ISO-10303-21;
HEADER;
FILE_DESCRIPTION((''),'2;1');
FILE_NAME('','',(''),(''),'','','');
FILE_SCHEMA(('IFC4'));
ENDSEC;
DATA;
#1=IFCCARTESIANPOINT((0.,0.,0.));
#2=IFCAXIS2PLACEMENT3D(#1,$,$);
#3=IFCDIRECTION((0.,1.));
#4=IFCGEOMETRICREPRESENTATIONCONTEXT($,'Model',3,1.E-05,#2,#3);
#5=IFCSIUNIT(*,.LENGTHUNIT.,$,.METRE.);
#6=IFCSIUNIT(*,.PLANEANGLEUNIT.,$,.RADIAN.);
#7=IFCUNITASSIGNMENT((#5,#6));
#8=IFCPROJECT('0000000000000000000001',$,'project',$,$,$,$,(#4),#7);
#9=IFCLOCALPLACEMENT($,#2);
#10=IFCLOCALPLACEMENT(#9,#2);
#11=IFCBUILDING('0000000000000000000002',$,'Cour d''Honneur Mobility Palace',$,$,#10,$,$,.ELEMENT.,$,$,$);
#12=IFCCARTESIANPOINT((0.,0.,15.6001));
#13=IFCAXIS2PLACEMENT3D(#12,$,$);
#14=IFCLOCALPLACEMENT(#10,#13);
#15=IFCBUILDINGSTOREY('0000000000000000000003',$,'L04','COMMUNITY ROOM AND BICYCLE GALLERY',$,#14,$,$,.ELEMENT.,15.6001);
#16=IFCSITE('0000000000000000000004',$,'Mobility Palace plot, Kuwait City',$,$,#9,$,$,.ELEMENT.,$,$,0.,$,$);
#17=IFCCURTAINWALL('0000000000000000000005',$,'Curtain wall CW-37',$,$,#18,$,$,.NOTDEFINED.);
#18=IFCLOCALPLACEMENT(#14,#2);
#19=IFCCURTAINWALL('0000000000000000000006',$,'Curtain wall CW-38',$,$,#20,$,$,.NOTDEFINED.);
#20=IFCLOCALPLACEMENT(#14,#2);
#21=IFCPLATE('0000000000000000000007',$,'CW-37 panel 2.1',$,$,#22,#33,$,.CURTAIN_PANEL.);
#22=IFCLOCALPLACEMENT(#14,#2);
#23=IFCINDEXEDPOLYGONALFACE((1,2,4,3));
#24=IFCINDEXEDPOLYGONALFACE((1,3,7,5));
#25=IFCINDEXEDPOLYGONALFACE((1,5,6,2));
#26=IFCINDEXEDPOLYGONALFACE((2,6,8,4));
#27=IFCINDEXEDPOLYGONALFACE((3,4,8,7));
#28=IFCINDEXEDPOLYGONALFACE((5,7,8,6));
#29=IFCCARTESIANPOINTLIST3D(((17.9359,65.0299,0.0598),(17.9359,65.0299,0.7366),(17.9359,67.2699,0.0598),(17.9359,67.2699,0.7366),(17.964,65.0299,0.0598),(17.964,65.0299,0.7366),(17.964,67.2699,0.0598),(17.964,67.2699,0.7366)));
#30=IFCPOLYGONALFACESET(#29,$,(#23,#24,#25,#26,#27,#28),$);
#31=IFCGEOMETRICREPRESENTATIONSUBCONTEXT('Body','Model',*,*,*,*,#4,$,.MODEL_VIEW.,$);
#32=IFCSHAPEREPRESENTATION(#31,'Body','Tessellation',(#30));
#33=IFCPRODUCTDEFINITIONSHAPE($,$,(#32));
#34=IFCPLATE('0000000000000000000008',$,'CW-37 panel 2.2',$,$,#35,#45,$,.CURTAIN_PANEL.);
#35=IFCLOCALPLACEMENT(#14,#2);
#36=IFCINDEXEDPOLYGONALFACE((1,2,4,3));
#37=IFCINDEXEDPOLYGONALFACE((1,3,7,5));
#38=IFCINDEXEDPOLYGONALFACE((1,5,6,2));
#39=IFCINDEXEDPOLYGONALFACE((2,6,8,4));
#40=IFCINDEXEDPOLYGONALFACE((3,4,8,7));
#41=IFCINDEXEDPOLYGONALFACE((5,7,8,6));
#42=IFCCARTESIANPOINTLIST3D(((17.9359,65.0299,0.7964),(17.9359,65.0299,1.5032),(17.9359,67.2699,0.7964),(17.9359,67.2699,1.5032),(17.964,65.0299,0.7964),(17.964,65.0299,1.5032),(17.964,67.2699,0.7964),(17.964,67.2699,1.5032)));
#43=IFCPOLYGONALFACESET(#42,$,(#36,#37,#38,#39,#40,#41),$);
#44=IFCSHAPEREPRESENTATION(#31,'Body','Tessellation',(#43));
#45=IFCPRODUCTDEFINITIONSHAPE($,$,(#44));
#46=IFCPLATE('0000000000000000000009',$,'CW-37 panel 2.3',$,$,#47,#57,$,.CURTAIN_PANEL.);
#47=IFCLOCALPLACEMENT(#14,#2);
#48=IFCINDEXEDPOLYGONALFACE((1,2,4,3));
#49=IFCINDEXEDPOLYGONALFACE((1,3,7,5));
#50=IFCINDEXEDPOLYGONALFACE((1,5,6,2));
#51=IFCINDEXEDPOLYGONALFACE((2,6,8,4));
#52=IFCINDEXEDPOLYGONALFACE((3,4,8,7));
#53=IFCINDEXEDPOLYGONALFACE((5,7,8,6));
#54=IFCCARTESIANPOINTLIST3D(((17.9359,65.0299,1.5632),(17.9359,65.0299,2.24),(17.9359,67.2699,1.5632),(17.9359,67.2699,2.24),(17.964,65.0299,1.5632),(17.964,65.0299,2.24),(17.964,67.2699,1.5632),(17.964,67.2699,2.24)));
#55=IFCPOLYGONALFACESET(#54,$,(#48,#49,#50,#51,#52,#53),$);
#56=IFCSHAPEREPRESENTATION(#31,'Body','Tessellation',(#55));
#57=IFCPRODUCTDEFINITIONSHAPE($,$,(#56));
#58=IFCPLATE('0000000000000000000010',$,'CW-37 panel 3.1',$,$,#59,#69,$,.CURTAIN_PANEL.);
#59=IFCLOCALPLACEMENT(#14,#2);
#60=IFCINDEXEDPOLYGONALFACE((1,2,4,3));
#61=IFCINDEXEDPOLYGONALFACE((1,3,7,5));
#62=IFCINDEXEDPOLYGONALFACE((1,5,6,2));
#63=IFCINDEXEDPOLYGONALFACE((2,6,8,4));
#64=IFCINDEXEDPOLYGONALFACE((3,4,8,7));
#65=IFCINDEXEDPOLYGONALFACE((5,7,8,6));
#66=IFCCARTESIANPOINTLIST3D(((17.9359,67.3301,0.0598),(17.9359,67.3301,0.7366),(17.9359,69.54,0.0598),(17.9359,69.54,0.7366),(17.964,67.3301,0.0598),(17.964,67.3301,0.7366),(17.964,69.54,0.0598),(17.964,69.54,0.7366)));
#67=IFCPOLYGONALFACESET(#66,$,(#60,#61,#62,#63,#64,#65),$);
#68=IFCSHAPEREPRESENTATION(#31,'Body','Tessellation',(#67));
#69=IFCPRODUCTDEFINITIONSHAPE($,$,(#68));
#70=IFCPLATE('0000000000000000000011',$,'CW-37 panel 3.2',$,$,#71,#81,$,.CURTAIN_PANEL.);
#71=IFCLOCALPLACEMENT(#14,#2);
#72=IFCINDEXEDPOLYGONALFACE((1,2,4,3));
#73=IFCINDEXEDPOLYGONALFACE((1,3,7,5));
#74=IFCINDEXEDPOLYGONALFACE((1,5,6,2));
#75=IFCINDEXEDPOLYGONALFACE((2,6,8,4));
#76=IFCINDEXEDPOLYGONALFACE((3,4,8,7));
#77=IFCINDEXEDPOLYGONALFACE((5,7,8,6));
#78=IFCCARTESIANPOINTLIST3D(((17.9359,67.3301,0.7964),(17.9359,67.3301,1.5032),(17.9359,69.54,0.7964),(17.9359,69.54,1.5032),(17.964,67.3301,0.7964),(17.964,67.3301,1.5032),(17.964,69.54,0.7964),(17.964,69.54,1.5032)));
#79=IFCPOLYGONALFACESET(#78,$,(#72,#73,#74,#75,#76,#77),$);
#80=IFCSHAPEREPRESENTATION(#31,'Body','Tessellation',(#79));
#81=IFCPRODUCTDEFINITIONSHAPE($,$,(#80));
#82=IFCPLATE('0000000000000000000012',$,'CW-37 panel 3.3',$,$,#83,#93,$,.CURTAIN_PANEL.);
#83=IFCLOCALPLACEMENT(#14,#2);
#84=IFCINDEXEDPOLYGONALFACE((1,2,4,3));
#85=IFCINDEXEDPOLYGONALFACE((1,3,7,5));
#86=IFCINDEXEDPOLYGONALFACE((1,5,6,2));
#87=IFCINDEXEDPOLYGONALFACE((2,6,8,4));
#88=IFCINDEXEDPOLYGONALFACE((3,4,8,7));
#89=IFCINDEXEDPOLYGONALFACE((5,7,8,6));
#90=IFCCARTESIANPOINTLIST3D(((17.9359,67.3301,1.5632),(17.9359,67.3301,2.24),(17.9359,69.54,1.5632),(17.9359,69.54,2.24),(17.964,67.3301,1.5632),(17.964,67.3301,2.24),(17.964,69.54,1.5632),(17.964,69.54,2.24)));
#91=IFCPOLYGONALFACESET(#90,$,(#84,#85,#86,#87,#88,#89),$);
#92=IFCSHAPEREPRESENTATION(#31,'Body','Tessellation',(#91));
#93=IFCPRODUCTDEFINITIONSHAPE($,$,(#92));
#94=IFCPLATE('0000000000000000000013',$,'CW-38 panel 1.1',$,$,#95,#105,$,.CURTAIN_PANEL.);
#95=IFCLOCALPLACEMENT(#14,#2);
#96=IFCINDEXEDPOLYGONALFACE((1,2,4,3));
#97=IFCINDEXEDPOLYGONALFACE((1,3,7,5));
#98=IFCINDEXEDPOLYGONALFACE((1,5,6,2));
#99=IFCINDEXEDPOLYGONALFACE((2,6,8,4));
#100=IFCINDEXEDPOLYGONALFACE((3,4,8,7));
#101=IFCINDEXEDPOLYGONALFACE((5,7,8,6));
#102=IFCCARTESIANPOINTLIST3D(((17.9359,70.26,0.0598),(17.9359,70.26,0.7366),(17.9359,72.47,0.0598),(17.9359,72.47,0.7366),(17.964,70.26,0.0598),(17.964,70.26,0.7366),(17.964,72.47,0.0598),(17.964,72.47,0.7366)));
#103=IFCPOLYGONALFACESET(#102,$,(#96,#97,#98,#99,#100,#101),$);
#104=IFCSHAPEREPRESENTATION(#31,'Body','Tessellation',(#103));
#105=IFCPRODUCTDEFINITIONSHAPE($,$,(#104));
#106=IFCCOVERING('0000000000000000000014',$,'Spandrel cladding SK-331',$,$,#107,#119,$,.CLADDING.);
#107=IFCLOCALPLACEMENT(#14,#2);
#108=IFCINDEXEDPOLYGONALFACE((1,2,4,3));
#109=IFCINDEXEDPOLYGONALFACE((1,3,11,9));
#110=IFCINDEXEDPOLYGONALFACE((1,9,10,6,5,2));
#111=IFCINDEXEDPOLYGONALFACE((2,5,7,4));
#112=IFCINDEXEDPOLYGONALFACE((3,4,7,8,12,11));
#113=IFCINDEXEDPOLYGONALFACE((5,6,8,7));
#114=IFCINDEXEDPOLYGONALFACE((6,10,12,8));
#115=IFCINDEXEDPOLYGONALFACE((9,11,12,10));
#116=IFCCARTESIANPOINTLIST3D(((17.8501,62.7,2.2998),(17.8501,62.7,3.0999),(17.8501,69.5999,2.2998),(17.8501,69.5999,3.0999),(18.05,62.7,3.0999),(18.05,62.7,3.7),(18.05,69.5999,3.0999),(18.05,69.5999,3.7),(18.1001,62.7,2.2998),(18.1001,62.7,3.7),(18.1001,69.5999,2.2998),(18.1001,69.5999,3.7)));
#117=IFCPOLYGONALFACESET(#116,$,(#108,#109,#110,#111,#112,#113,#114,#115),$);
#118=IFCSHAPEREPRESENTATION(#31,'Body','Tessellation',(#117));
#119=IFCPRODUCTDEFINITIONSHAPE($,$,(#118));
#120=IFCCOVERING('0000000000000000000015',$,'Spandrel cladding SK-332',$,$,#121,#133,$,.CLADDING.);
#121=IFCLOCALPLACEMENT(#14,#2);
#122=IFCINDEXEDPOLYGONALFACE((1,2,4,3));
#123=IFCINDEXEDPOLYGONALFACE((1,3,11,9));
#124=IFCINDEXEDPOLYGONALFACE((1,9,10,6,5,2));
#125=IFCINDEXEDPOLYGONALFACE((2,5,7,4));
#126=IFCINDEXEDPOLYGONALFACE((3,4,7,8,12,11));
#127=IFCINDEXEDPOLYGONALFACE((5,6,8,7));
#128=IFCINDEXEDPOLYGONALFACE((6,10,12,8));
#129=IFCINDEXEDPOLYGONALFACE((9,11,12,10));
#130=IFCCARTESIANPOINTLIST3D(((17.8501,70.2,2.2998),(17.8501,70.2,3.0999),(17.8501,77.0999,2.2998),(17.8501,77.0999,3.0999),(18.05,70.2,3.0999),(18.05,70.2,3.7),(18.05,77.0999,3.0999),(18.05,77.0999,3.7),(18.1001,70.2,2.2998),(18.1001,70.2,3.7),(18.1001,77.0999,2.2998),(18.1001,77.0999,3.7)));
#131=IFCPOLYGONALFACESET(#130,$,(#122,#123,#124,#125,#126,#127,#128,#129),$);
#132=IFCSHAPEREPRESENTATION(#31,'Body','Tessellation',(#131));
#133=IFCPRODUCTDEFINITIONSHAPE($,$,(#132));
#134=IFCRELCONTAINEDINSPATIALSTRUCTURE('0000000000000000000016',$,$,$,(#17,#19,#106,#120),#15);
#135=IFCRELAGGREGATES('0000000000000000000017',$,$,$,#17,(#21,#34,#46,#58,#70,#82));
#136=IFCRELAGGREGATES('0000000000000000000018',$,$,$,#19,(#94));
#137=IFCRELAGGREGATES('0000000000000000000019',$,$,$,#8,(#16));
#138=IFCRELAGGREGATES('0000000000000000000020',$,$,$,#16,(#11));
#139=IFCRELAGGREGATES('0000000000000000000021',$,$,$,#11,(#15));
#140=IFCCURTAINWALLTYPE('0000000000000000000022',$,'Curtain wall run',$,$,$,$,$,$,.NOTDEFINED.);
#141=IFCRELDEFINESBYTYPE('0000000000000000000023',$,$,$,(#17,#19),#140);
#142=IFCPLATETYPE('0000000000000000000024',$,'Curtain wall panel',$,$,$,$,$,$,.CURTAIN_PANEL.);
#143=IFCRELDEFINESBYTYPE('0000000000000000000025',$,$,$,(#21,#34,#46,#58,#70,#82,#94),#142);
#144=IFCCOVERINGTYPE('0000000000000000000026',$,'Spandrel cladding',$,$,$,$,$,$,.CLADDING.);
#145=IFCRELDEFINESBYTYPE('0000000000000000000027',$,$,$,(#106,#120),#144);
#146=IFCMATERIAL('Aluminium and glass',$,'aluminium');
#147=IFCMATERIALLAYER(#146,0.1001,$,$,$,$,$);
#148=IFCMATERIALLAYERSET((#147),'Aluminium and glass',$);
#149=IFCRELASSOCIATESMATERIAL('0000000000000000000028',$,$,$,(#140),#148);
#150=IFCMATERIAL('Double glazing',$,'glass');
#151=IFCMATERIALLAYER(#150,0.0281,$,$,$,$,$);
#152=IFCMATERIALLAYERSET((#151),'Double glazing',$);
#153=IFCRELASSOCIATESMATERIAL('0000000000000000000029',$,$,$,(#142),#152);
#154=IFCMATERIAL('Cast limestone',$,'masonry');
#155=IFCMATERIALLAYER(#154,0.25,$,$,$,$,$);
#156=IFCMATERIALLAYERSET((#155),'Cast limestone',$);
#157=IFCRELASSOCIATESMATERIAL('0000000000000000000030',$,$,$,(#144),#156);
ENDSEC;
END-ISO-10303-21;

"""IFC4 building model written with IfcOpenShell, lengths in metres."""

from ifc_helpers import new_model, si_unit, direction, frame, origin, origin_2d, place, context, subcontext, project, spatial, polyline, rectangle, outline, extrude, material, layer, layer_set, type_object, element, aggregate, save


model = new_model("IFC4")

# Units and contexts
model_context = context("Model", 3, precision=1e-05, world=origin(), true_north=direction((0.0, 1.0)))
body_context = subcontext(model_context, "Body", "Model", "MODEL_VIEW")
ifc_project = project(units=[si_unit("LENGTHUNIT", "METRE"), si_unit("PLANEANGLEUNIT", "RADIAN")], contexts=[model_context])

# Site, building, storey
site_placement = place(None, origin())
site = spatial("IfcSite", under=ifc_project, at=site_placement, Name="Mobility Palace plot, Kuwait City", CompositionType="ELEMENT", RefElevation=0.0)
building_placement = place(site_placement, origin())
building = spatial("IfcBuilding", under=site, at=building_placement, Name="Cour d'Honneur Mobility Palace", CompositionType="ELEMENT")
storey_placement = place(building_placement, frame((0.0, 0.0, 15.6001)))
storey = spatial("IfcBuildingStorey", under=building, at=storey_placement, Name="L04", Description="COMMUNITY ROOM AND BICYCLE GALLERY", CompositionType="ELEMENT", Elevation=15.6001)

# Curtain wall
ifc_material_1 = material(Name="Aluminium and glass", Category="aluminium")
ifc_layer_1 = layer(ifc_material_1, 0.1001)
ifc_layer_set_1 = layer_set([ifc_layer_1], Name="Aluminium and glass")
curtain_wall_type = type_object("IfcCurtainWallType", Name="Curtain wall run", PredefinedType="NOTDEFINED", material=ifc_layer_set_1)
curtain_wall_1_placement = place(storey_placement, origin())
curtain_wall_1 = element("IfcCurtainWall", 1, at=curtain_wall_1_placement, inside=storey, type_object=curtain_wall_type, Name="Curtain wall CW-37", PredefinedType="NOTDEFINED")

# Curtain wall
curtain_wall_2_placement = place(storey_placement, origin())
curtain_wall_2 = element("IfcCurtainWall", 2, at=curtain_wall_2_placement, inside=storey, type_object=curtain_wall_type, Name="Curtain wall CW-38", PredefinedType="NOTDEFINED")

# Plates
ifc_material_2 = material(Name="Double glazing", Category="glass")
ifc_layer_2 = layer(ifc_material_2, 0.0281)
ifc_layer_set_2 = layer_set([ifc_layer_2], Name="Double glazing")
plate_type = type_object("IfcPlateType", Name="Curtain wall panel", PredefinedType="CURTAIN_PANEL", material=ifc_layer_set_2)
plate_1_placement = place(storey_placement, frame((17.95, 66.1499, 0.0598), z_axis=(0.0, 0.0, 1.0), x_axis=(0.0, 1.0, 0.0)))
plate_1 = element("IfcPlate", 3, at=plate_1_placement, type_object=plate_type, Name="CW-37 panel 2.1", PredefinedType="CURTAIN_PANEL", context=body_context, shape_type="SweptSolid", body=[
    extrude(rectangle(XDim=2.24, YDim=0.0281, at=origin_2d()), origin(), (0.0, 0.0, 1.0), 0.6768),
])
plate_2_placement = place(storey_placement, frame((17.95, 66.1499, 0.7964), z_axis=(0.0, 0.0, 1.0), x_axis=(0.0, 1.0, 0.0)))
plate_2 = element("IfcPlate", 4, at=plate_2_placement, type_object=plate_type, Name="CW-37 panel 2.2", PredefinedType="CURTAIN_PANEL", context=body_context, shape_type="SweptSolid", body=[
    extrude(rectangle(XDim=2.24, YDim=0.0281, at=origin_2d()), origin(), (0.0, 0.0, 1.0), 0.7068),
])
plate_3_placement = place(storey_placement, frame((17.95, 66.1499, 1.5632), z_axis=(0.0, 0.0, 1.0), x_axis=(0.0, 1.0, 0.0)))
plate_3 = element("IfcPlate", 5, at=plate_3_placement, type_object=plate_type, Name="CW-37 panel 2.3", PredefinedType="CURTAIN_PANEL", context=body_context, shape_type="SweptSolid", body=[
    extrude(rectangle(XDim=2.24, YDim=0.0281, at=origin_2d()), origin(), (0.0, 0.0, 1.0), 0.6768),
])
plate_4_placement = place(storey_placement, frame((17.95, 68.4351, 0.0598), z_axis=(0.0, 0.0, 1.0), x_axis=(0.0, 1.0, 0.0)))
plate_4 = element("IfcPlate", 6, at=plate_4_placement, type_object=plate_type, Name="CW-37 panel 3.1", PredefinedType="CURTAIN_PANEL", context=body_context, shape_type="SweptSolid", body=[
    extrude(rectangle(XDim=2.21, YDim=0.0281, at=origin_2d()), origin(), (0.0, 0.0, 1.0), 0.6768),
])
plate_5_placement = place(storey_placement, frame((17.95, 68.4351, 0.7964), z_axis=(0.0, 0.0, 1.0), x_axis=(0.0, 1.0, 0.0)))
plate_5 = element("IfcPlate", 7, at=plate_5_placement, type_object=plate_type, Name="CW-37 panel 3.2", PredefinedType="CURTAIN_PANEL", context=body_context, shape_type="SweptSolid", body=[
    extrude(rectangle(XDim=2.21, YDim=0.0281, at=origin_2d()), origin(), (0.0, 0.0, 1.0), 0.7068),
])
plate_6_placement = place(storey_placement, frame((17.95, 68.4351, 1.5632), z_axis=(0.0, 0.0, 1.0), x_axis=(0.0, 1.0, 0.0)))
plate_6 = element("IfcPlate", 8, at=plate_6_placement, type_object=plate_type, Name="CW-37 panel 3.3", PredefinedType="CURTAIN_PANEL", context=body_context, shape_type="SweptSolid", body=[
    extrude(rectangle(XDim=2.21, YDim=0.0281, at=origin_2d()), origin(), (0.0, 0.0, 1.0), 0.6768),
])
aggregate(curtain_wall_1, [plate_1, plate_2, plate_3, plate_4, plate_5, plate_6])
plate_7_placement = place(storey_placement, frame((17.95, 71.365, 0.0598), z_axis=(0.0, 0.0, 1.0), x_axis=(0.0, 1.0, 0.0)))
plate_7 = element("IfcPlate", 9, at=plate_7_placement, type_object=plate_type, Name="CW-38 panel 1.1", PredefinedType="CURTAIN_PANEL", context=body_context, shape_type="SweptSolid", body=[
    extrude(rectangle(XDim=2.21, YDim=0.0281, at=origin_2d()), origin(), (0.0, 0.0, 1.0), 0.6768),
])
aggregate(curtain_wall_2, [plate_7])

# Coverings
ifc_material_3 = material(Name="Cast limestone", Category="masonry")
ifc_layer_3 = layer(ifc_material_3, 0.25)
ifc_layer_set_3 = layer_set([ifc_layer_3], Name="Cast limestone")
covering_type = type_object("IfcCoveringType", Name="Spandrel cladding", PredefinedType="CLADDING", material=ifc_layer_set_3)
for number, where, z_axis, x_axis, name in (
    (10, (17.8501, 62.7, 2.2998), (0.0, -1.0, 0.0), (1.0, 0.0, 0.0), "Spandrel cladding SK-331"),
    (11, (17.8501, 70.2, 2.2998), (0.0, -1.0, 0.0), (1.0, 0.0, 0.0), "Spandrel cladding SK-332"),
):
    element("IfcCovering", number, at=place(storey_placement, frame(where, z_axis=z_axis, x_axis=x_axis)), inside=storey, type_object=covering_type, Name=name, PredefinedType="CLADDING", context=body_context, shape_type="SweptSolid", body=[
        extrude(outline(polyline([(0.0, 0.0), (0.25, 0.0), (0.25, 1.4001), (0.2, 1.4001), (0.2, 0.8), (0.0, 0.8), (0.0, 0.0)])), origin(), (0.0, 0.0, -1.0), 6.8999),
    ])

save(model, "model.ifc")
